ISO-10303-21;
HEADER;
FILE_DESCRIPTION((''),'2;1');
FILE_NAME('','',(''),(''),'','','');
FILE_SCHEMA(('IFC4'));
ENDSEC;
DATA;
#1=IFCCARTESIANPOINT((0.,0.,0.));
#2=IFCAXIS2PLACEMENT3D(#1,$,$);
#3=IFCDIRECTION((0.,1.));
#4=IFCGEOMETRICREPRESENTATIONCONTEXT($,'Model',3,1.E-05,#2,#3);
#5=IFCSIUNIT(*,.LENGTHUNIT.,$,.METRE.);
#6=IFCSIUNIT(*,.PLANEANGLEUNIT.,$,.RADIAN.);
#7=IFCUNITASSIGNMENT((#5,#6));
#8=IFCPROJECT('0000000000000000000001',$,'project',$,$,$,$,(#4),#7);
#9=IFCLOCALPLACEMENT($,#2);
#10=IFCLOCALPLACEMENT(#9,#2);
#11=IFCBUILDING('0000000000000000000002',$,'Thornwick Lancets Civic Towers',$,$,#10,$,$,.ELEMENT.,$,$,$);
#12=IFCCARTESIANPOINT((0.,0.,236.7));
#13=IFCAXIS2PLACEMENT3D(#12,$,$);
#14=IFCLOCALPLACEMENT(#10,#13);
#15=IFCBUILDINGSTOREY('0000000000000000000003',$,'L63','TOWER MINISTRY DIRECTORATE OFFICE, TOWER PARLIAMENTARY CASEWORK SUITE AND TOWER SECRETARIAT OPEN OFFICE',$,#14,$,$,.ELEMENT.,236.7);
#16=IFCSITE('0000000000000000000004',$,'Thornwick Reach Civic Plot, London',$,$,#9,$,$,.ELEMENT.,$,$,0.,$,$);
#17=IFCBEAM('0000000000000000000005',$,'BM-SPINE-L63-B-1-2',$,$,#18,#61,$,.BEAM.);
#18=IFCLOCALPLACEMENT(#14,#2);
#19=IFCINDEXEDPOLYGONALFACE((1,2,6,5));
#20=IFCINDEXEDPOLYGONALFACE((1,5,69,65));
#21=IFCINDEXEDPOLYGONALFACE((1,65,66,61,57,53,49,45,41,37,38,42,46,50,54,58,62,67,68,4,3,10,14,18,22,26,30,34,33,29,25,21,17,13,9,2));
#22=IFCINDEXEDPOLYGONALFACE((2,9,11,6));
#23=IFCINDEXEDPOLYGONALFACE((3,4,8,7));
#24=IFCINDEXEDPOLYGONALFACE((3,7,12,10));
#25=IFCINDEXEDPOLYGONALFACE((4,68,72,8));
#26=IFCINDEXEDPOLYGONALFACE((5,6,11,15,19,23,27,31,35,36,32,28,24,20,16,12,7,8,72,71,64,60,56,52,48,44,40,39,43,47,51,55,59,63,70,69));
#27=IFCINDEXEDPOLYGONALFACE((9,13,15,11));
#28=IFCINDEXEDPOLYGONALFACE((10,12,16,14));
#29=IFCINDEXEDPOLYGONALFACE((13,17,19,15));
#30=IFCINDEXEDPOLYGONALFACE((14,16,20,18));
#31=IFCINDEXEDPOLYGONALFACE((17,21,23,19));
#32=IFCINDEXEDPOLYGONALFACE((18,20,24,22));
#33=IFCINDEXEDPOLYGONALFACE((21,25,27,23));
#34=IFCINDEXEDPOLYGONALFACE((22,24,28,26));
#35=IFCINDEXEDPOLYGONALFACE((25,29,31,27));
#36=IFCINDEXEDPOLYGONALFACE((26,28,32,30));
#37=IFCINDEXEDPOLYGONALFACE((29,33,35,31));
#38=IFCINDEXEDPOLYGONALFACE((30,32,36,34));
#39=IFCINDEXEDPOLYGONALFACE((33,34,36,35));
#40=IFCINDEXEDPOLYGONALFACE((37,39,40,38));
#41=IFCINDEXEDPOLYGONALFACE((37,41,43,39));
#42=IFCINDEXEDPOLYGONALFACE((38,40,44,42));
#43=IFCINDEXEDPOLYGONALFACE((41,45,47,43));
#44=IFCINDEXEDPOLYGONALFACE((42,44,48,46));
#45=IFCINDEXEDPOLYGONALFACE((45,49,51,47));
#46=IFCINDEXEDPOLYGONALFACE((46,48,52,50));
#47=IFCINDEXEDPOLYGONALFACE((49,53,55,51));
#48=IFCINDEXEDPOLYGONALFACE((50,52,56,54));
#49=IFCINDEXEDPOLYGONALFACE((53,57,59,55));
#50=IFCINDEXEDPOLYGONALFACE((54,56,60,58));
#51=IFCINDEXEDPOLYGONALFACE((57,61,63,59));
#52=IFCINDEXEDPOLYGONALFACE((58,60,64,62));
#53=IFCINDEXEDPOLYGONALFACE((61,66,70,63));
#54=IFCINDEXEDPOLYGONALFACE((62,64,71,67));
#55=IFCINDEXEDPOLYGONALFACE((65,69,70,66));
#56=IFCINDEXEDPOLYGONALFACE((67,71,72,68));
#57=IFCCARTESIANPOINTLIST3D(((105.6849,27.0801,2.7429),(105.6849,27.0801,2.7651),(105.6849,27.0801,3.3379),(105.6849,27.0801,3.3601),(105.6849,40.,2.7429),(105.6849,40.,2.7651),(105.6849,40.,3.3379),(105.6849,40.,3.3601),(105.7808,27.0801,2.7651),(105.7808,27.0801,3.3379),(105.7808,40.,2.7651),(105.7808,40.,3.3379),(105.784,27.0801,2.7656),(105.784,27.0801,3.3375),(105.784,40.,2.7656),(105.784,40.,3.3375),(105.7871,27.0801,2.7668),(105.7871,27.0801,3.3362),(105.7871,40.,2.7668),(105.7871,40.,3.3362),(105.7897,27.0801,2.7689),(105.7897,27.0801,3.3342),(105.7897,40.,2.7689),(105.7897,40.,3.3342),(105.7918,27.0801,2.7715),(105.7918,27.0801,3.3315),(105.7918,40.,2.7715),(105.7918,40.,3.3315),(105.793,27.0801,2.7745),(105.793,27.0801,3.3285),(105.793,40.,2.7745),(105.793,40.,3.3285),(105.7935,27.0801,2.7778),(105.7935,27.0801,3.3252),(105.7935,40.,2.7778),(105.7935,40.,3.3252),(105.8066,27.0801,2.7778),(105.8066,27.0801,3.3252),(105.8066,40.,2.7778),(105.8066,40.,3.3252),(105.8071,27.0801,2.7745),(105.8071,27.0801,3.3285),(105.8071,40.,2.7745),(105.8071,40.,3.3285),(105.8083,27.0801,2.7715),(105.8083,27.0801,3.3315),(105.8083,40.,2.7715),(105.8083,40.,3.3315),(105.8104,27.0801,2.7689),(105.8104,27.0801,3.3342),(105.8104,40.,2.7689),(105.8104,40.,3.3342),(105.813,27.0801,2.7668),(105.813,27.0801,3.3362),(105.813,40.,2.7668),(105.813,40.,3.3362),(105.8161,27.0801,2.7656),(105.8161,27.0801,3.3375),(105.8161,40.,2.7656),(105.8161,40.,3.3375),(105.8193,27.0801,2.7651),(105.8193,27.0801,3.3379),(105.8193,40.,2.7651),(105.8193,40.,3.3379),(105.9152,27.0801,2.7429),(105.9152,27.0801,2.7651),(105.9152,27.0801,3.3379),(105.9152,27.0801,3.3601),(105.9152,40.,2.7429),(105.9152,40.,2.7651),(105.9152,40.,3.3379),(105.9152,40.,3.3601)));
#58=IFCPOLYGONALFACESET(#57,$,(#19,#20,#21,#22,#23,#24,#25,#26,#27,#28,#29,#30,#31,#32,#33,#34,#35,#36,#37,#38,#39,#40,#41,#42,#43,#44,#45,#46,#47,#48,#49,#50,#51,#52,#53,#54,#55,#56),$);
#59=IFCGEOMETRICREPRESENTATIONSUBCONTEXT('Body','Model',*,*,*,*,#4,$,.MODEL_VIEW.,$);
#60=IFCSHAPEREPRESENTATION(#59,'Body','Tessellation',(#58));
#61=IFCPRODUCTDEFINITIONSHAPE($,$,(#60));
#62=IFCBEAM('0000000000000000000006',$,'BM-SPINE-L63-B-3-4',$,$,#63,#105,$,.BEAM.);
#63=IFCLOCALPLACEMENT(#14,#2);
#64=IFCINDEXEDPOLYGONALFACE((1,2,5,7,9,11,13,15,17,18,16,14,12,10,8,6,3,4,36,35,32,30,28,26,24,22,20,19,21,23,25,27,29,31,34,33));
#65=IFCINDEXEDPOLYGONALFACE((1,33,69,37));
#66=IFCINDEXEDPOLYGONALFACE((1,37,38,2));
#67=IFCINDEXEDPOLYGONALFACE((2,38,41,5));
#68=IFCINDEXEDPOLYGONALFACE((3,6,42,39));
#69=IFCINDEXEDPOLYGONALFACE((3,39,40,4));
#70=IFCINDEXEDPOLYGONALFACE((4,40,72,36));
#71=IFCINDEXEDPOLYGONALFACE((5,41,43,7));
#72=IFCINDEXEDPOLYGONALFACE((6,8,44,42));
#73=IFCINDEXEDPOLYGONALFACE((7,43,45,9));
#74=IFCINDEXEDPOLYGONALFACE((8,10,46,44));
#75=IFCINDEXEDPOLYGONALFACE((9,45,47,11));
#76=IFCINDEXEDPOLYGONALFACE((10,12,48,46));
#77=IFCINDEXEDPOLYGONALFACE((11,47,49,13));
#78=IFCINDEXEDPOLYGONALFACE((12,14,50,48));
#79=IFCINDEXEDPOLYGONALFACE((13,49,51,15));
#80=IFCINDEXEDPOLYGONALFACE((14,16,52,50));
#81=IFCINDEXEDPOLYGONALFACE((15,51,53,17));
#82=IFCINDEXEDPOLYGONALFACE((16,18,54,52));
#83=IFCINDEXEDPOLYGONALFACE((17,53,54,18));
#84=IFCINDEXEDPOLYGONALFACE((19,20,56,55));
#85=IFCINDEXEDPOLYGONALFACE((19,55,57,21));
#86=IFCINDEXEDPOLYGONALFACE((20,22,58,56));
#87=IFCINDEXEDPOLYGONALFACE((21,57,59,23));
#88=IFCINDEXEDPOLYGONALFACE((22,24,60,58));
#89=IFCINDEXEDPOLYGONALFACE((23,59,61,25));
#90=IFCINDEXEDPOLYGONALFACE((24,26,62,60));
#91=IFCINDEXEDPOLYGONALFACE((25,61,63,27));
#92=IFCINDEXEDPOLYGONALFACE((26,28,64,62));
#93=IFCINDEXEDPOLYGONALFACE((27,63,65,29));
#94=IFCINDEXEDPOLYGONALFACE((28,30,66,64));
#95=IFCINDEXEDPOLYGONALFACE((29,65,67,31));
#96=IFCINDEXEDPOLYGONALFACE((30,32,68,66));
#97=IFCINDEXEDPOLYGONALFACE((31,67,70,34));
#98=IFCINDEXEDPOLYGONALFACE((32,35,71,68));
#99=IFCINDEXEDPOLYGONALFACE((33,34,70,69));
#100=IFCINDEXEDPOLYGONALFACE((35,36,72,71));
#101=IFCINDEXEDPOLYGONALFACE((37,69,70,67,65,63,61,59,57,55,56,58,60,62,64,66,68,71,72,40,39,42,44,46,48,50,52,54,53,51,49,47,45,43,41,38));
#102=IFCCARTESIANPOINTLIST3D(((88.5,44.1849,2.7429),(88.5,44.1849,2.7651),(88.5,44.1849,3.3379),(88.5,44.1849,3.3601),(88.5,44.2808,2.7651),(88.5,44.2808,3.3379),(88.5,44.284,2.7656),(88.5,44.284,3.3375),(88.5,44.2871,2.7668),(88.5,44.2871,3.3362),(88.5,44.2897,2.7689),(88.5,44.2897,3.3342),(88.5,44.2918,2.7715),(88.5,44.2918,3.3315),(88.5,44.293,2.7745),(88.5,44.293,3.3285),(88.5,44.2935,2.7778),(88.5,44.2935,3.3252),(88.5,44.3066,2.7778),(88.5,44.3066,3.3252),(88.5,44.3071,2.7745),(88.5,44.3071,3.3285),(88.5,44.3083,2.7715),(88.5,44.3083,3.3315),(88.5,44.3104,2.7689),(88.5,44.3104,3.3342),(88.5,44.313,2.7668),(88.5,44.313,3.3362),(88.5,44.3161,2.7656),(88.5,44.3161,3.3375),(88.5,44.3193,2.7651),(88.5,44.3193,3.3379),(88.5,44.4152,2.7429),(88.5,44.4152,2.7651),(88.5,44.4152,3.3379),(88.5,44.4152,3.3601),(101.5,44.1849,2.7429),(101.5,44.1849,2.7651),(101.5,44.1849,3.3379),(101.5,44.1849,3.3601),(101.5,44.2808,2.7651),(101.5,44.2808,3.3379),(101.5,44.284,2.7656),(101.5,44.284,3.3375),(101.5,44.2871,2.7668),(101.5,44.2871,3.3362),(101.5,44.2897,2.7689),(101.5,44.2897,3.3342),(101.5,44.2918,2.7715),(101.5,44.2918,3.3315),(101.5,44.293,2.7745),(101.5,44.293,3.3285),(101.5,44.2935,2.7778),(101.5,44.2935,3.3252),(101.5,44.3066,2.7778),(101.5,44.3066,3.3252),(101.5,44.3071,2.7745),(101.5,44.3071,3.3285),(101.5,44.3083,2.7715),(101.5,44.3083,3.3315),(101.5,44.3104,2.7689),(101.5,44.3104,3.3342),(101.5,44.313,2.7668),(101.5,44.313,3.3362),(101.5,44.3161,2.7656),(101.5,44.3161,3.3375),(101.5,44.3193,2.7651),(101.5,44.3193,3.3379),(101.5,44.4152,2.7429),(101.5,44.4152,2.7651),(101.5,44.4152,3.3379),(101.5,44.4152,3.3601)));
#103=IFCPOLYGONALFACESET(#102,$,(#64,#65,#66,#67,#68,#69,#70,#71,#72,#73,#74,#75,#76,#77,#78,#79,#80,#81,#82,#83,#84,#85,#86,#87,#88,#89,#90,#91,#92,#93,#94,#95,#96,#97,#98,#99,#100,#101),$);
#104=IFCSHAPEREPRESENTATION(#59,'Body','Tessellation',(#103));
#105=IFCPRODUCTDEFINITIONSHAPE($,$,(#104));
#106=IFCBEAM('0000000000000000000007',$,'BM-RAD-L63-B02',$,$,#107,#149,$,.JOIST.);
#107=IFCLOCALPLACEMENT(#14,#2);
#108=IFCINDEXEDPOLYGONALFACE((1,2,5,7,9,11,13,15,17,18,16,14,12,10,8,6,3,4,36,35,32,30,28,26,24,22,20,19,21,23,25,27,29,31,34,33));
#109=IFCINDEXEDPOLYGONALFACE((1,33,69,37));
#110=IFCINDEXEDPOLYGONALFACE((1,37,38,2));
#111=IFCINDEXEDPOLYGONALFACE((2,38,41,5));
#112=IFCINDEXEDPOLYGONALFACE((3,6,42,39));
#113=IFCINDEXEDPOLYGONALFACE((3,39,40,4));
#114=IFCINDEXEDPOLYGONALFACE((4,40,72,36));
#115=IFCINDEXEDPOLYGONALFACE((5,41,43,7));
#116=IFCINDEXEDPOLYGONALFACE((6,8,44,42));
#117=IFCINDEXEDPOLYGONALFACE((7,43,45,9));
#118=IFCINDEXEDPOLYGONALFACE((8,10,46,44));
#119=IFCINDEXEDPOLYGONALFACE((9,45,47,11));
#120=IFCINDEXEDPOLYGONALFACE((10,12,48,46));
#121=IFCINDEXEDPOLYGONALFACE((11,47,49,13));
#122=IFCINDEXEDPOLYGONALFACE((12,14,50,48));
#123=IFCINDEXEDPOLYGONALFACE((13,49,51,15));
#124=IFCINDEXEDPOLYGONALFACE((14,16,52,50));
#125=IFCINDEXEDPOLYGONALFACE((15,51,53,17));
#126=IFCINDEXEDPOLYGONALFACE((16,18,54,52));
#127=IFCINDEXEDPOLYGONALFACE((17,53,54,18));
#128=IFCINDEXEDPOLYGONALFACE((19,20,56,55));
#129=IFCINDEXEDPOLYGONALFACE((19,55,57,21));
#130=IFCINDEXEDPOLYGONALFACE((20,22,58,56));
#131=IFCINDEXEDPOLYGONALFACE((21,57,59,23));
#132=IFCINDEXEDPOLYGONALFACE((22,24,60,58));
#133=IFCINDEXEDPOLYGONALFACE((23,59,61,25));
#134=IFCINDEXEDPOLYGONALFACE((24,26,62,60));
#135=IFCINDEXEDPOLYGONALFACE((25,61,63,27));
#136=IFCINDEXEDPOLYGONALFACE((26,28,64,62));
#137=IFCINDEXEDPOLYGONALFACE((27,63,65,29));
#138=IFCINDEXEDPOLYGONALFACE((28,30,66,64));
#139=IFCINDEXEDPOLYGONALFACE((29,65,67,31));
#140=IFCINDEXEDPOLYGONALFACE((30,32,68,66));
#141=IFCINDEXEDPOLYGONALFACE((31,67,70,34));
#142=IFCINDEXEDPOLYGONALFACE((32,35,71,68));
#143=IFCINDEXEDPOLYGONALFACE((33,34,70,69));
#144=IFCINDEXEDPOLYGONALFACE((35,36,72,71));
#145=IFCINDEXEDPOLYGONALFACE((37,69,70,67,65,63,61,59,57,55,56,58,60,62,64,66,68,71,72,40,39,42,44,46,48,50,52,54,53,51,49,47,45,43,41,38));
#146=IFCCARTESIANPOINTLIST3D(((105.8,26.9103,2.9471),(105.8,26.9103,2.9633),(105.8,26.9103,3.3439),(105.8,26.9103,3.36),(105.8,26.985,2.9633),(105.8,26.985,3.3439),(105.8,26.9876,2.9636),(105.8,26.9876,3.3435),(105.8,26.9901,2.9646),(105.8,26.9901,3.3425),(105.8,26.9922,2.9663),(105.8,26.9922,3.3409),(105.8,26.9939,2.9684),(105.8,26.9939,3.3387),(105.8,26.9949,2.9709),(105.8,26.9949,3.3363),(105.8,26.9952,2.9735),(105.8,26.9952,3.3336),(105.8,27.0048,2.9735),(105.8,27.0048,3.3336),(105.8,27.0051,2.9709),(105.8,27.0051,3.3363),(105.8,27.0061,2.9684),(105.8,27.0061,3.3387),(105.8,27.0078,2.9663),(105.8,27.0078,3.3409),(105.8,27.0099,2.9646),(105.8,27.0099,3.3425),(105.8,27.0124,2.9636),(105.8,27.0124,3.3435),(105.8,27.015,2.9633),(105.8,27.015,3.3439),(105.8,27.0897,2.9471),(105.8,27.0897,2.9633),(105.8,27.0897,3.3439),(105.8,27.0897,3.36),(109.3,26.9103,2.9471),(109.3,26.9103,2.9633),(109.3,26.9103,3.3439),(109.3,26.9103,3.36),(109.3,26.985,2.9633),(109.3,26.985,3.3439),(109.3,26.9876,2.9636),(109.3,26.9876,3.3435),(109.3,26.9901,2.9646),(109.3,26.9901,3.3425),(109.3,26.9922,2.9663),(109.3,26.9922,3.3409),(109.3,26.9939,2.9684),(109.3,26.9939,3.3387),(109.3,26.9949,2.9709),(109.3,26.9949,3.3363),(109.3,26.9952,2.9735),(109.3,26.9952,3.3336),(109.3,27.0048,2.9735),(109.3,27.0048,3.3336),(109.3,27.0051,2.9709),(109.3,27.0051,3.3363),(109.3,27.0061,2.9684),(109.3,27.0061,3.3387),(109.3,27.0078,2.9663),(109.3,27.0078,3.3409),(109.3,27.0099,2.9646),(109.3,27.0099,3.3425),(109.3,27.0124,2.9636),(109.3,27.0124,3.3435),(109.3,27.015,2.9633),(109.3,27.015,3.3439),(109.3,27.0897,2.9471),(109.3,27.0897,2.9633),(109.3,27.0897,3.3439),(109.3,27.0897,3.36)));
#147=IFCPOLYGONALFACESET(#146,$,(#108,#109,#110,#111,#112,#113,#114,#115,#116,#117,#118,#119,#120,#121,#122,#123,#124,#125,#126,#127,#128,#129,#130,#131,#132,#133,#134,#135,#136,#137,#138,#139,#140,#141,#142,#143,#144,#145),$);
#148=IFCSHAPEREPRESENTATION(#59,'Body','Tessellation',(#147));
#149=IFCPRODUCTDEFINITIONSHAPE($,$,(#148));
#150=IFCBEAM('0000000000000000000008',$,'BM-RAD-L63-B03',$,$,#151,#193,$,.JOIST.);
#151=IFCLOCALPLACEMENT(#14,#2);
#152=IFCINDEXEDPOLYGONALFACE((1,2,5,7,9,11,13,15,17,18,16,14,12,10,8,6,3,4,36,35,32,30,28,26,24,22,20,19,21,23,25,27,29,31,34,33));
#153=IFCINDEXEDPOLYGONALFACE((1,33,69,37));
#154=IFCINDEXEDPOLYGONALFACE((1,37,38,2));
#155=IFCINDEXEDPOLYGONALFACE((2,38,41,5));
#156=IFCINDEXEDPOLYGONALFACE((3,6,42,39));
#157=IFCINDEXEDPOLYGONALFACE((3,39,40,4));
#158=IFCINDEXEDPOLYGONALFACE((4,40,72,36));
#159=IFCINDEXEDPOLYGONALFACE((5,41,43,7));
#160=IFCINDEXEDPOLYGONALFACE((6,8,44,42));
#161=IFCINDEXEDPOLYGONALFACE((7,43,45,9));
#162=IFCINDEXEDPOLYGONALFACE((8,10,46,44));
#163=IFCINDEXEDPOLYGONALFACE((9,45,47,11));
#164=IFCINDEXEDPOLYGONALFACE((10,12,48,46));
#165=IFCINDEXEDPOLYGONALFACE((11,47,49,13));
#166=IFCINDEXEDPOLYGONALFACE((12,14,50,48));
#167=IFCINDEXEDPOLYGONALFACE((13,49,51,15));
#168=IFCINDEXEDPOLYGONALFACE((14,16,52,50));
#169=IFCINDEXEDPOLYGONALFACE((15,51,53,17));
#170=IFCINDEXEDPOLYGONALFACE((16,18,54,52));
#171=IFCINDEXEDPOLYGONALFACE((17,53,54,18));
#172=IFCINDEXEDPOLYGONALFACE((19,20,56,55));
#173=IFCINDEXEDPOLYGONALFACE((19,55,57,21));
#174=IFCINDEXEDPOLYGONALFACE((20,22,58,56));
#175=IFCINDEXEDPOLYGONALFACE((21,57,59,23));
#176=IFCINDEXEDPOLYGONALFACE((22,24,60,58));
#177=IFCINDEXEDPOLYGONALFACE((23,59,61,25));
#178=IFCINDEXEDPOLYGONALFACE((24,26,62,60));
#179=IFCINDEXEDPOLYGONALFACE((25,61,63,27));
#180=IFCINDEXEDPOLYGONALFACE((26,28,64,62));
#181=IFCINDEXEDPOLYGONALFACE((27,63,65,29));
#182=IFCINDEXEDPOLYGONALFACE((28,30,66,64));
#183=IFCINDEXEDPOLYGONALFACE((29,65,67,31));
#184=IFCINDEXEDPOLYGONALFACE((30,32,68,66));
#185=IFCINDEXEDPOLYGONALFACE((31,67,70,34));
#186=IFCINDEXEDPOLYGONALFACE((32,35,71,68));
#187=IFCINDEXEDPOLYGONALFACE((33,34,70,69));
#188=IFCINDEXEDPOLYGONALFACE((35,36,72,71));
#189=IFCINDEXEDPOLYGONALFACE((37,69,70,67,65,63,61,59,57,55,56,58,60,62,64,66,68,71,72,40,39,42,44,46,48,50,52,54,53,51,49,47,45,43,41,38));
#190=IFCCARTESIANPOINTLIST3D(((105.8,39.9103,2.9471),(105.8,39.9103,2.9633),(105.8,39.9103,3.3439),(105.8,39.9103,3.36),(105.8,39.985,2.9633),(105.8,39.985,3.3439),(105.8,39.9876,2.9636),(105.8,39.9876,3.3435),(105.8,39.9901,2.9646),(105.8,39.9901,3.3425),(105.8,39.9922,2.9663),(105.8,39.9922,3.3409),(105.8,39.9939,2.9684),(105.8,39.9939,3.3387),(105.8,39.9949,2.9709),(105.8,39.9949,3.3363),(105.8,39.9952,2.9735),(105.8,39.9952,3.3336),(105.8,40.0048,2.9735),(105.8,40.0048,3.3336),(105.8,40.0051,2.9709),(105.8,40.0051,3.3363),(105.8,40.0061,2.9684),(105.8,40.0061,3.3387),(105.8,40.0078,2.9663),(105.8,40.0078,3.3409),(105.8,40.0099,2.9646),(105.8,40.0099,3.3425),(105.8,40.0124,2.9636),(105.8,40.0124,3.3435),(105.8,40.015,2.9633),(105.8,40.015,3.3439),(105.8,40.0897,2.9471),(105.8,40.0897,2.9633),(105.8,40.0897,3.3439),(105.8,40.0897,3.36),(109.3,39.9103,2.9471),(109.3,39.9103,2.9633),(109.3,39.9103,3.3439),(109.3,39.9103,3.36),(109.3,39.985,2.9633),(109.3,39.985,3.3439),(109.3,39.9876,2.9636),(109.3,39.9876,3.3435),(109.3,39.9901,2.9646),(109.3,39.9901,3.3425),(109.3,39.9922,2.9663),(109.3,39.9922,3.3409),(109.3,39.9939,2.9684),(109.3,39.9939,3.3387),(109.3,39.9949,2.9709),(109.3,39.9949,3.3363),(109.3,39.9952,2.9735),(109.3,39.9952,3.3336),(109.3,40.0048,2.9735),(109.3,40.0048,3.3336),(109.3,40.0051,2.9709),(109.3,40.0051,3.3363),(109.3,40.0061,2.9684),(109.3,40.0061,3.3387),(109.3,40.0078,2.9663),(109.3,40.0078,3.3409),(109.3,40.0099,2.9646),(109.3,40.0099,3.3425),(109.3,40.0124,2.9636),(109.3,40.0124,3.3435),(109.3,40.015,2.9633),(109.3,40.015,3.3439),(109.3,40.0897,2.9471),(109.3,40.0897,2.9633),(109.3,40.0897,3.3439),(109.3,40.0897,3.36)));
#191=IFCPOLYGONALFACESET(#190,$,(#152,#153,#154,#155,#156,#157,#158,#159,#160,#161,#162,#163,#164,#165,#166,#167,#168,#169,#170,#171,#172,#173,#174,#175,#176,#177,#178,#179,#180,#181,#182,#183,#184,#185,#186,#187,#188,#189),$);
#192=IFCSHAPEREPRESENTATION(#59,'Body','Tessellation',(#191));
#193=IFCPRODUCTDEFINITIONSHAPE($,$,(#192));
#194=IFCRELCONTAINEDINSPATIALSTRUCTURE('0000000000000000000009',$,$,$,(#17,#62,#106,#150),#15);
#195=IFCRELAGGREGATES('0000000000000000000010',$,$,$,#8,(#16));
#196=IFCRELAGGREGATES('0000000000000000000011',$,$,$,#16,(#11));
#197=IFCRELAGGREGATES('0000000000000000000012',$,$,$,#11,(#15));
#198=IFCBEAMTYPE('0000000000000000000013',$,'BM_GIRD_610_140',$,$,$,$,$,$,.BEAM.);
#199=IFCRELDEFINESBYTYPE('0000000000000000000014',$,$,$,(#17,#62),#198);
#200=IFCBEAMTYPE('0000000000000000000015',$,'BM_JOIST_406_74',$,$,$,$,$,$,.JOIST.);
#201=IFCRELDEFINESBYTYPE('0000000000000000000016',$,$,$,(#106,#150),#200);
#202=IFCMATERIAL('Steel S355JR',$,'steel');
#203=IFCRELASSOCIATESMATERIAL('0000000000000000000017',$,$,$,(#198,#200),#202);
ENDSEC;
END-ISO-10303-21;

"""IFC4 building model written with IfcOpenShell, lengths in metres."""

from ifc_helpers import new_model, si_unit, direction, frame, origin, origin_2d, place, context, subcontext, project, spatial, i_section, extrude, material, material_profile, profile_set, type_object, element, save


model = new_model("IFC4")

# Units and contexts
model_context = context("Model", 3, precision=1e-05, world=origin(), true_north=direction((0.0, 1.0)))
body_context = subcontext(model_context, "Body", "Model", "MODEL_VIEW")
ifc_project = project(units=[si_unit("LENGTHUNIT", "METRE"), si_unit("PLANEANGLEUNIT", "RADIAN")], contexts=[model_context])

# Site, building, storey
site_placement = place(None, origin())
site = spatial("IfcSite", under=ifc_project, at=site_placement, Name="Thornwick Reach Civic Plot, London", CompositionType="ELEMENT", RefElevation=0.0)
building_placement = place(site_placement, origin())
building = spatial("IfcBuilding", under=site, at=building_placement, Name="Thornwick Lancets Civic Towers", CompositionType="ELEMENT")
storey_placement = place(building_placement, frame((0.0, 0.0, 236.7)))
storey = spatial("IfcBuildingStorey", under=building, at=storey_placement, Name="L63", Description="TOWER MINISTRY DIRECTORATE OFFICE, TOWER PARLIAMENTARY CASEWORK SUITE AND TOWER SECRETARIAT OPEN OFFICE", CompositionType="ELEMENT", Elevation=236.7)

# Shared definitions
ifc_material_1 = material(Name="Steel S355JR", Category="steel")

# Beams
ifc_material_profile_1 = material_profile(ifc_material_1, i_section(OverallWidth=0.2302, OverallDepth=0.6172, WebThickness=0.0132, FlangeThickness=0.0222, FilletRadius=0.0127, at=origin_2d()), Name="UKB 610x229x140")
ifc_profile_set_1 = profile_set([ifc_material_profile_1], Name="Steel S355JR")
beam_type_1 = type_object("IfcBeamType", Name="BM_GIRD_610_140", PredefinedType="BEAM", material=ifc_profile_set_1)
beam_1_placement = place(storey_placement, frame((105.8, 27.0801, 3.0515), z_axis=(0.0, 1.0, 0.0), x_axis=(-1.0, 0.0, 0.0)))
element("IfcBeam", 1, at=beam_1_placement, inside=storey, type_object=beam_type_1, Name="BM-SPINE-L63-B-1-2", PredefinedType="BEAM", context=body_context, shape_type="SweptSolid", body=[
    extrude(i_section(OverallWidth=0.2302, OverallDepth=0.6172, WebThickness=0.0132, FlangeThickness=0.0222, FilletRadius=0.0127, at=origin_2d()), origin(), (0.0, 0.0, 1.0), 12.9199),
])
beam_2_placement = place(storey_placement, frame((101.5, 44.3, 3.0515), z_axis=(-1.0, 0.0, 0.0), x_axis=(0.0, -1.0, 0.0)))
element("IfcBeam", 2, at=beam_2_placement, inside=storey, type_object=beam_type_1, Name="BM-SPINE-L63-B-3-4", PredefinedType="BEAM", context=body_context, shape_type="SweptSolid", body=[
    extrude(i_section(OverallWidth=0.2302, OverallDepth=0.6172, WebThickness=0.0132, FlangeThickness=0.0222, FilletRadius=0.0127, at=origin_2d()), origin(), (0.0, 0.0, 1.0), 13.0),
])
ifc_material_profile_2 = material_profile(ifc_material_1, i_section(OverallWidth=0.1794, OverallDepth=0.4128, WebThickness=0.0095, FlangeThickness=0.0161, FilletRadius=0.0103, at=origin_2d()), Name="UKB 406x178x74")
ifc_profile_set_2 = profile_set([ifc_material_profile_2], Name="Steel S355JR")
beam_type_2 = type_object("IfcBeamType", Name="BM_JOIST_406_74", PredefinedType="JOIST", material=ifc_profile_set_2)
for number, where, z_axis, x_axis, name in (
    (3, (105.8, 27.0, 3.1536), (1.0, 0.0, 0.0), (0.0, 1.0, 0.0), "BM-RAD-L63-B02"),
    (4, (105.8, 40.0, 3.1536), (1.0, 0.0, 0.0), (0.0, 1.0, 0.0), "BM-RAD-L63-B03"),
):
    element("IfcBeam", number, at=place(storey_placement, frame(where, z_axis=z_axis, x_axis=x_axis)), inside=storey, type_object=beam_type_2, Name=name, PredefinedType="JOIST", context=body_context, shape_type="SweptSolid", body=[
        extrude(i_section(OverallWidth=0.1794, OverallDepth=0.4128, WebThickness=0.0095, FlangeThickness=0.0161, FilletRadius=0.0103, at=origin_2d()), origin(), (0.0, 0.0, 1.0), 3.5),
    ])

save(model, "model.ifc")
